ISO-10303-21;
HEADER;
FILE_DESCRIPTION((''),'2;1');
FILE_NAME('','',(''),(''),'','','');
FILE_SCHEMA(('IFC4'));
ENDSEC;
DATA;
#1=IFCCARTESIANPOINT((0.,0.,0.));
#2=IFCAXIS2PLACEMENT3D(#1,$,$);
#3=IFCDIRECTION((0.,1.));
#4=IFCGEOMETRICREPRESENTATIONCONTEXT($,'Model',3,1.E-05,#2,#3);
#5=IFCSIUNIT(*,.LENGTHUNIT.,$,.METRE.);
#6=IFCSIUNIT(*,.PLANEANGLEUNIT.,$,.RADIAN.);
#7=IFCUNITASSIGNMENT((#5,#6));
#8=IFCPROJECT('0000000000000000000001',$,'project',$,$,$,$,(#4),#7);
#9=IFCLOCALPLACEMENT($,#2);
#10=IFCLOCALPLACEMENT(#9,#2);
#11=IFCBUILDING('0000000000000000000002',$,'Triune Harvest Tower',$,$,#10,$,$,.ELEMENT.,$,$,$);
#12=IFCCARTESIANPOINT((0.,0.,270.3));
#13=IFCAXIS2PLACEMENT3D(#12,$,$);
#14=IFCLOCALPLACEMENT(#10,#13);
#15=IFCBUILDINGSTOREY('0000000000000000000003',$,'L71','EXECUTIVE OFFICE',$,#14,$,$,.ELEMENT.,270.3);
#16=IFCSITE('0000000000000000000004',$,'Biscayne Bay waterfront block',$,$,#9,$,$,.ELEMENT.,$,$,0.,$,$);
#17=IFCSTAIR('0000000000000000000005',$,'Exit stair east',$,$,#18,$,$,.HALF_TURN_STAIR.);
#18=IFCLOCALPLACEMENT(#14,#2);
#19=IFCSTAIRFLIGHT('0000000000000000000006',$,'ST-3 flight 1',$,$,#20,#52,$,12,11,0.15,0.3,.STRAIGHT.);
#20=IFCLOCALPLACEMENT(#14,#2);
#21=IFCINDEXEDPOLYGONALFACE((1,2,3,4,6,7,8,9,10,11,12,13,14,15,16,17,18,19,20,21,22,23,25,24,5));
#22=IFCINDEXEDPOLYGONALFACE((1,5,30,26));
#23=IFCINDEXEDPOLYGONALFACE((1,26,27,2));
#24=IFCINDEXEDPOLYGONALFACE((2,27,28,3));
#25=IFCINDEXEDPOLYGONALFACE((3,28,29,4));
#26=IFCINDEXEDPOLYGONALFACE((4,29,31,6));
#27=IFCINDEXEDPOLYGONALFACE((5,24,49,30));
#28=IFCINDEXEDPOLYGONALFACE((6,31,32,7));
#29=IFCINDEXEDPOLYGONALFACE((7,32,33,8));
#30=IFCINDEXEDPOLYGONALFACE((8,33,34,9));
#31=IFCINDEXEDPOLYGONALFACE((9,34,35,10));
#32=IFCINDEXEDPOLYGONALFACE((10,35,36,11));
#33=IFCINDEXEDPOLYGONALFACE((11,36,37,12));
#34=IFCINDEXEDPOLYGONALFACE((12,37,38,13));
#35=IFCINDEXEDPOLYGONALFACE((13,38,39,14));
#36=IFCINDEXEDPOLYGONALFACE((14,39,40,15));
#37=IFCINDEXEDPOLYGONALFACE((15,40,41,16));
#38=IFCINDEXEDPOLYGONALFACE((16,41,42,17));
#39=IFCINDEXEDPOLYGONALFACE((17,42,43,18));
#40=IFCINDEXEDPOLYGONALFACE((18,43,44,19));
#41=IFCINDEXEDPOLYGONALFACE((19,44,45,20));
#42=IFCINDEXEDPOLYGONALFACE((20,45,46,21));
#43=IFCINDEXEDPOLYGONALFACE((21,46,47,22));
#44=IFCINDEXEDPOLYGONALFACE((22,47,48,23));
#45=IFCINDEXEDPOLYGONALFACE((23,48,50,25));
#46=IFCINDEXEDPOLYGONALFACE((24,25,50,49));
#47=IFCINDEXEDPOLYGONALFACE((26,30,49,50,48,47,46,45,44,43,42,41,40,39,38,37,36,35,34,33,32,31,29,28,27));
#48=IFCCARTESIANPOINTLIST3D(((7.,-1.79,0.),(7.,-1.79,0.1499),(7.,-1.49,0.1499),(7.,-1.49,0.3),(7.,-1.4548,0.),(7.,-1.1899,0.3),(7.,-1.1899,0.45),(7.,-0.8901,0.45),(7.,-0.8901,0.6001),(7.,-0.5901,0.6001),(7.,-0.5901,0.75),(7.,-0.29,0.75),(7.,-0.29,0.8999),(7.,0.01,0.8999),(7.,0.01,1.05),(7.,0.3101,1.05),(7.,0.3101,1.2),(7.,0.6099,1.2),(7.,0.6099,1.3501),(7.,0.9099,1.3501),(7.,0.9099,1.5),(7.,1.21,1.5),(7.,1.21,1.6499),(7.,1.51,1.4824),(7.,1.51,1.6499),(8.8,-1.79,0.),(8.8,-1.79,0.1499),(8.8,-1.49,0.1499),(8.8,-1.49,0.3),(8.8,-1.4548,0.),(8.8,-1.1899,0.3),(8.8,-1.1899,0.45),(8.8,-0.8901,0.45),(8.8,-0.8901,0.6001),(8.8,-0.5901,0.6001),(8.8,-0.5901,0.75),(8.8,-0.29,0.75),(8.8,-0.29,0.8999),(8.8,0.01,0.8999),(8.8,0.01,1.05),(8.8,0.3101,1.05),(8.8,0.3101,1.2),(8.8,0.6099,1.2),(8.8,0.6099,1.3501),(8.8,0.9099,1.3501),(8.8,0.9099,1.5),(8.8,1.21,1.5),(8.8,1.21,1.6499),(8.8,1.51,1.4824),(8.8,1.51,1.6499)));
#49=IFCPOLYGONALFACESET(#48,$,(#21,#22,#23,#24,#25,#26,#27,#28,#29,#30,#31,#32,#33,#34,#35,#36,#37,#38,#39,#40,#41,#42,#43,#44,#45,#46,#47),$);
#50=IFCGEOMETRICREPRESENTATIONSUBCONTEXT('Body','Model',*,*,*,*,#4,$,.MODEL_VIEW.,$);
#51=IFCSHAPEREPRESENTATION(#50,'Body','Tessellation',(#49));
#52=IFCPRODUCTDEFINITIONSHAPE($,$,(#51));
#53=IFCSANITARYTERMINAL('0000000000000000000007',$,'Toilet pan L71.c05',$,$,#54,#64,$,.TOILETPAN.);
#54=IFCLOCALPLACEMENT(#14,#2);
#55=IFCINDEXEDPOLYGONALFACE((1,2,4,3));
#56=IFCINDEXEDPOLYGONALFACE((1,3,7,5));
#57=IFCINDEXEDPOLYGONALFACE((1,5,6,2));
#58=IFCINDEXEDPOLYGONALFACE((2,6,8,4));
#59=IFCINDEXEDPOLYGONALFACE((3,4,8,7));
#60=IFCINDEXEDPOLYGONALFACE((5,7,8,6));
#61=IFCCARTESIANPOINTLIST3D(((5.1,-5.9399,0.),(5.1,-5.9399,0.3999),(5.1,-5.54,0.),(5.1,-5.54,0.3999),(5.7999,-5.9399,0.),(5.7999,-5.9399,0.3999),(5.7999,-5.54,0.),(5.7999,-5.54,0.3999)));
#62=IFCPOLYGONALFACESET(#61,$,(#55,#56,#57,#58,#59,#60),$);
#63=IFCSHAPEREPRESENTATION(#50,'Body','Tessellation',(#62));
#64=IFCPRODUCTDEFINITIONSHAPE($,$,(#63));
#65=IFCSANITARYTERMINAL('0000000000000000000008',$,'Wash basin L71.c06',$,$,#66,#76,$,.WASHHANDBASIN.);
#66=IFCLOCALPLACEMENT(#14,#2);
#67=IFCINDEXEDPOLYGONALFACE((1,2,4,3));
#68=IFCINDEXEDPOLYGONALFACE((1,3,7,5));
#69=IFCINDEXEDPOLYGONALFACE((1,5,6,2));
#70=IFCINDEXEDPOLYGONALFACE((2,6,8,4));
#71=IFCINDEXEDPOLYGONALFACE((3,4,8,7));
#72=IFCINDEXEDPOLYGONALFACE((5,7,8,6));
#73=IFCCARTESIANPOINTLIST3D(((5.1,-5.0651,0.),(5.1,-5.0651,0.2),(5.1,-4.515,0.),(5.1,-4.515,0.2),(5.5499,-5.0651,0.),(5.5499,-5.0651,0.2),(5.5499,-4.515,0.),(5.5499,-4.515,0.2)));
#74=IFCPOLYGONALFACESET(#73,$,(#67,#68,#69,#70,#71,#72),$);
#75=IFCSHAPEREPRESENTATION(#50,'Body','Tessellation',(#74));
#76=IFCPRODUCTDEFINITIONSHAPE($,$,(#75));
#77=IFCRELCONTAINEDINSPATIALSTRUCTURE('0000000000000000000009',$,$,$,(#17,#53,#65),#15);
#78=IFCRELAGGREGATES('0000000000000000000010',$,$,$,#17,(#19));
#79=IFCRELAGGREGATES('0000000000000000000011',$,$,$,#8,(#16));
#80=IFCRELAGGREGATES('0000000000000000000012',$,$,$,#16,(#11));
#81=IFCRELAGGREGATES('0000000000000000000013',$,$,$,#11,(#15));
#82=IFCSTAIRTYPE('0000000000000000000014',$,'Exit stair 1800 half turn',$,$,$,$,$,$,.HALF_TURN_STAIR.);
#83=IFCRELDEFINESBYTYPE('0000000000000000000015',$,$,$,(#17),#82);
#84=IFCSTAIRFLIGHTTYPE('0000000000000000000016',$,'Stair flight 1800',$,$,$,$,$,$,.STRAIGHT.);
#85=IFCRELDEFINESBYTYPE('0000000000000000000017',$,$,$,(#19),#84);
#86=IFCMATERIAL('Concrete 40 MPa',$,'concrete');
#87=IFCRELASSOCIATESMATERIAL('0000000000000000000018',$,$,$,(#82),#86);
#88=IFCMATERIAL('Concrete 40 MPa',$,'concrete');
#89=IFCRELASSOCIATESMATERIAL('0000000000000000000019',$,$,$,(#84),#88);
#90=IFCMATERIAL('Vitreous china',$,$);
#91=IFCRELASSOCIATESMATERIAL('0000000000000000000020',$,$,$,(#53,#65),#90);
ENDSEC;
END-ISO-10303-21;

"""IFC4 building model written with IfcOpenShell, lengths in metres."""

from ifc_helpers import new_model, si_unit, direction, frame, origin, origin_2d, place, context, subcontext, project, spatial, polyline, rectangle, outline, extrude, source, transform, mapped, material, type_object, element, aggregate, save


model = new_model("IFC4")

# Units and contexts
model_context = context("Model", 3, precision=1e-05, world=origin(), true_north=direction((0.0, 1.0)))
body_context = subcontext(model_context, "Body", "Model", "MODEL_VIEW")
ifc_project = project(units=[si_unit("LENGTHUNIT", "METRE"), si_unit("PLANEANGLEUNIT", "RADIAN")], contexts=[model_context])

# Site, building, storey
site_placement = place(None, origin())
site = spatial("IfcSite", under=ifc_project, at=site_placement, Name="Biscayne Bay waterfront block", CompositionType="ELEMENT", RefElevation=0.0)
building_placement = place(site_placement, origin())
building = spatial("IfcBuilding", under=site, at=building_placement, Name="Triune Harvest Tower", CompositionType="ELEMENT")
storey_placement = place(building_placement, frame((0.0, 0.0, 270.3)))
storey = spatial("IfcBuildingStorey", under=building, at=storey_placement, Name="L71", Description="EXECUTIVE OFFICE", CompositionType="ELEMENT", Elevation=270.3)

# Stair, stair flight
ifc_material_1 = material(Name="Concrete 40 MPa", Category="concrete")
stair_type = type_object("IfcStairType", Name="Exit stair 1800 half turn", PredefinedType="HALF_TURN_STAIR", material=ifc_material_1)
ifc_material_2 = material(Name="Concrete 40 MPa", Category="concrete")
stair_flight_type = type_object("IfcStairFlightType", Name="Stair flight 1800", PredefinedType="STRAIGHT", material=ifc_material_2)
shared_shape_1 = source(origin(), body_context, "Body", "SweptSolid", [
    extrude(outline(polyline([(0.0, 0.0), (0.0, 0.1499), (0.3, 0.1499), (0.3, 0.3), (0.6001, 0.3), (0.6001, 0.45), (0.8999, 0.45), (0.8999, 0.6001), (1.2, 0.6001), (1.2, 0.75), (1.5, 0.75), (1.5, 0.8999), (1.8, 0.8999), (1.8, 1.05), (2.1001, 1.05), (2.1001, 1.2), (2.3999, 1.2), (2.3999, 1.3501), (2.7, 1.3501), (2.7, 1.5), (3.0, 1.5), (3.0, 1.6499), (3.3, 1.6499), (3.3, 1.8), (3.3, 1.4824), (0.3352, 0.0), (0.0, 0.0)])), frame((0.0, 0.8999, 0.0), z_axis=(0.0, -1.0, 0.0), x_axis=(1.0, 0.0, 0.0)), (0.0, 0.0, 1.0), 1.8),
])
stair_1_placement = place(storey_placement, origin())
stair_1 = element("IfcStair", 1, at=stair_1_placement, inside=storey, type_object=stair_type, Name="Exit stair east", PredefinedType="HALF_TURN_STAIR")
stair_flight_1_placement = place(storey_placement, frame((7.8999, -1.79, 0.0), z_axis=(0.0, 0.0, 1.0), x_axis=(0.0, 1.0, 0.0)))
stair_flight_1 = element("IfcStairFlight", 2, at=stair_flight_1_placement, type_object=stair_flight_type, Name="ST-3 flight 1", NumberOfRisers=12, NumberOfTreads=11, PredefinedType="STRAIGHT", RiserHeight=0.15, TreadLength=0.3, context=body_context, shape_type="MappedRepresentation", body=[
    mapped(shared_shape_1, transform((0.0, 0.0, 0.0), scale=1.0)),
])
aggregate(stair_1, [stair_flight_1])

# Sanitary terminals
ifc_material_3 = material(Name="Vitreous china")
shared_shape_2 = source(origin(), body_context, "Body", "SweptSolid", [
    extrude(rectangle(XDim=0.3999, YDim=0.7, at=origin_2d()), origin(), (0.0, 0.0, 1.0), 0.3999),
])
sanitary_terminal_1_placement = place(storey_placement, frame((5.45, -5.74, 0.0), z_axis=(0.0, 0.0, 1.0), x_axis=(0.0, 1.0, 0.0)))
element("IfcSanitaryTerminal", 3, at=sanitary_terminal_1_placement, inside=storey, material=ifc_material_3, Name="Toilet pan L71.c05", PredefinedType="TOILETPAN", context=body_context, shape_type="MappedRepresentation", body=[
    mapped(shared_shape_2, transform((0.0, 0.0, 0.0), scale=1.0)),
])
shared_shape_3 = source(origin(), body_context, "Body", "SweptSolid", [
    extrude(rectangle(XDim=0.55, YDim=0.45, at=origin_2d()), origin(), (0.0, 0.0, 1.0), 0.2),
])
sanitary_terminal_2_placement = place(storey_placement, frame((5.325, -4.79, 0.0), z_axis=(0.0, 0.0, 1.0), x_axis=(0.0, 1.0, 0.0)))
element("IfcSanitaryTerminal", 4, at=sanitary_terminal_2_placement, inside=storey, material=ifc_material_3, Name="Wash basin L71.c06", PredefinedType="WASHHANDBASIN", context=body_context, shape_type="MappedRepresentation", body=[
    mapped(shared_shape_3, transform((0.0, 0.0, 0.0), scale=1.0)),
])

save(model, "model.ifc")
